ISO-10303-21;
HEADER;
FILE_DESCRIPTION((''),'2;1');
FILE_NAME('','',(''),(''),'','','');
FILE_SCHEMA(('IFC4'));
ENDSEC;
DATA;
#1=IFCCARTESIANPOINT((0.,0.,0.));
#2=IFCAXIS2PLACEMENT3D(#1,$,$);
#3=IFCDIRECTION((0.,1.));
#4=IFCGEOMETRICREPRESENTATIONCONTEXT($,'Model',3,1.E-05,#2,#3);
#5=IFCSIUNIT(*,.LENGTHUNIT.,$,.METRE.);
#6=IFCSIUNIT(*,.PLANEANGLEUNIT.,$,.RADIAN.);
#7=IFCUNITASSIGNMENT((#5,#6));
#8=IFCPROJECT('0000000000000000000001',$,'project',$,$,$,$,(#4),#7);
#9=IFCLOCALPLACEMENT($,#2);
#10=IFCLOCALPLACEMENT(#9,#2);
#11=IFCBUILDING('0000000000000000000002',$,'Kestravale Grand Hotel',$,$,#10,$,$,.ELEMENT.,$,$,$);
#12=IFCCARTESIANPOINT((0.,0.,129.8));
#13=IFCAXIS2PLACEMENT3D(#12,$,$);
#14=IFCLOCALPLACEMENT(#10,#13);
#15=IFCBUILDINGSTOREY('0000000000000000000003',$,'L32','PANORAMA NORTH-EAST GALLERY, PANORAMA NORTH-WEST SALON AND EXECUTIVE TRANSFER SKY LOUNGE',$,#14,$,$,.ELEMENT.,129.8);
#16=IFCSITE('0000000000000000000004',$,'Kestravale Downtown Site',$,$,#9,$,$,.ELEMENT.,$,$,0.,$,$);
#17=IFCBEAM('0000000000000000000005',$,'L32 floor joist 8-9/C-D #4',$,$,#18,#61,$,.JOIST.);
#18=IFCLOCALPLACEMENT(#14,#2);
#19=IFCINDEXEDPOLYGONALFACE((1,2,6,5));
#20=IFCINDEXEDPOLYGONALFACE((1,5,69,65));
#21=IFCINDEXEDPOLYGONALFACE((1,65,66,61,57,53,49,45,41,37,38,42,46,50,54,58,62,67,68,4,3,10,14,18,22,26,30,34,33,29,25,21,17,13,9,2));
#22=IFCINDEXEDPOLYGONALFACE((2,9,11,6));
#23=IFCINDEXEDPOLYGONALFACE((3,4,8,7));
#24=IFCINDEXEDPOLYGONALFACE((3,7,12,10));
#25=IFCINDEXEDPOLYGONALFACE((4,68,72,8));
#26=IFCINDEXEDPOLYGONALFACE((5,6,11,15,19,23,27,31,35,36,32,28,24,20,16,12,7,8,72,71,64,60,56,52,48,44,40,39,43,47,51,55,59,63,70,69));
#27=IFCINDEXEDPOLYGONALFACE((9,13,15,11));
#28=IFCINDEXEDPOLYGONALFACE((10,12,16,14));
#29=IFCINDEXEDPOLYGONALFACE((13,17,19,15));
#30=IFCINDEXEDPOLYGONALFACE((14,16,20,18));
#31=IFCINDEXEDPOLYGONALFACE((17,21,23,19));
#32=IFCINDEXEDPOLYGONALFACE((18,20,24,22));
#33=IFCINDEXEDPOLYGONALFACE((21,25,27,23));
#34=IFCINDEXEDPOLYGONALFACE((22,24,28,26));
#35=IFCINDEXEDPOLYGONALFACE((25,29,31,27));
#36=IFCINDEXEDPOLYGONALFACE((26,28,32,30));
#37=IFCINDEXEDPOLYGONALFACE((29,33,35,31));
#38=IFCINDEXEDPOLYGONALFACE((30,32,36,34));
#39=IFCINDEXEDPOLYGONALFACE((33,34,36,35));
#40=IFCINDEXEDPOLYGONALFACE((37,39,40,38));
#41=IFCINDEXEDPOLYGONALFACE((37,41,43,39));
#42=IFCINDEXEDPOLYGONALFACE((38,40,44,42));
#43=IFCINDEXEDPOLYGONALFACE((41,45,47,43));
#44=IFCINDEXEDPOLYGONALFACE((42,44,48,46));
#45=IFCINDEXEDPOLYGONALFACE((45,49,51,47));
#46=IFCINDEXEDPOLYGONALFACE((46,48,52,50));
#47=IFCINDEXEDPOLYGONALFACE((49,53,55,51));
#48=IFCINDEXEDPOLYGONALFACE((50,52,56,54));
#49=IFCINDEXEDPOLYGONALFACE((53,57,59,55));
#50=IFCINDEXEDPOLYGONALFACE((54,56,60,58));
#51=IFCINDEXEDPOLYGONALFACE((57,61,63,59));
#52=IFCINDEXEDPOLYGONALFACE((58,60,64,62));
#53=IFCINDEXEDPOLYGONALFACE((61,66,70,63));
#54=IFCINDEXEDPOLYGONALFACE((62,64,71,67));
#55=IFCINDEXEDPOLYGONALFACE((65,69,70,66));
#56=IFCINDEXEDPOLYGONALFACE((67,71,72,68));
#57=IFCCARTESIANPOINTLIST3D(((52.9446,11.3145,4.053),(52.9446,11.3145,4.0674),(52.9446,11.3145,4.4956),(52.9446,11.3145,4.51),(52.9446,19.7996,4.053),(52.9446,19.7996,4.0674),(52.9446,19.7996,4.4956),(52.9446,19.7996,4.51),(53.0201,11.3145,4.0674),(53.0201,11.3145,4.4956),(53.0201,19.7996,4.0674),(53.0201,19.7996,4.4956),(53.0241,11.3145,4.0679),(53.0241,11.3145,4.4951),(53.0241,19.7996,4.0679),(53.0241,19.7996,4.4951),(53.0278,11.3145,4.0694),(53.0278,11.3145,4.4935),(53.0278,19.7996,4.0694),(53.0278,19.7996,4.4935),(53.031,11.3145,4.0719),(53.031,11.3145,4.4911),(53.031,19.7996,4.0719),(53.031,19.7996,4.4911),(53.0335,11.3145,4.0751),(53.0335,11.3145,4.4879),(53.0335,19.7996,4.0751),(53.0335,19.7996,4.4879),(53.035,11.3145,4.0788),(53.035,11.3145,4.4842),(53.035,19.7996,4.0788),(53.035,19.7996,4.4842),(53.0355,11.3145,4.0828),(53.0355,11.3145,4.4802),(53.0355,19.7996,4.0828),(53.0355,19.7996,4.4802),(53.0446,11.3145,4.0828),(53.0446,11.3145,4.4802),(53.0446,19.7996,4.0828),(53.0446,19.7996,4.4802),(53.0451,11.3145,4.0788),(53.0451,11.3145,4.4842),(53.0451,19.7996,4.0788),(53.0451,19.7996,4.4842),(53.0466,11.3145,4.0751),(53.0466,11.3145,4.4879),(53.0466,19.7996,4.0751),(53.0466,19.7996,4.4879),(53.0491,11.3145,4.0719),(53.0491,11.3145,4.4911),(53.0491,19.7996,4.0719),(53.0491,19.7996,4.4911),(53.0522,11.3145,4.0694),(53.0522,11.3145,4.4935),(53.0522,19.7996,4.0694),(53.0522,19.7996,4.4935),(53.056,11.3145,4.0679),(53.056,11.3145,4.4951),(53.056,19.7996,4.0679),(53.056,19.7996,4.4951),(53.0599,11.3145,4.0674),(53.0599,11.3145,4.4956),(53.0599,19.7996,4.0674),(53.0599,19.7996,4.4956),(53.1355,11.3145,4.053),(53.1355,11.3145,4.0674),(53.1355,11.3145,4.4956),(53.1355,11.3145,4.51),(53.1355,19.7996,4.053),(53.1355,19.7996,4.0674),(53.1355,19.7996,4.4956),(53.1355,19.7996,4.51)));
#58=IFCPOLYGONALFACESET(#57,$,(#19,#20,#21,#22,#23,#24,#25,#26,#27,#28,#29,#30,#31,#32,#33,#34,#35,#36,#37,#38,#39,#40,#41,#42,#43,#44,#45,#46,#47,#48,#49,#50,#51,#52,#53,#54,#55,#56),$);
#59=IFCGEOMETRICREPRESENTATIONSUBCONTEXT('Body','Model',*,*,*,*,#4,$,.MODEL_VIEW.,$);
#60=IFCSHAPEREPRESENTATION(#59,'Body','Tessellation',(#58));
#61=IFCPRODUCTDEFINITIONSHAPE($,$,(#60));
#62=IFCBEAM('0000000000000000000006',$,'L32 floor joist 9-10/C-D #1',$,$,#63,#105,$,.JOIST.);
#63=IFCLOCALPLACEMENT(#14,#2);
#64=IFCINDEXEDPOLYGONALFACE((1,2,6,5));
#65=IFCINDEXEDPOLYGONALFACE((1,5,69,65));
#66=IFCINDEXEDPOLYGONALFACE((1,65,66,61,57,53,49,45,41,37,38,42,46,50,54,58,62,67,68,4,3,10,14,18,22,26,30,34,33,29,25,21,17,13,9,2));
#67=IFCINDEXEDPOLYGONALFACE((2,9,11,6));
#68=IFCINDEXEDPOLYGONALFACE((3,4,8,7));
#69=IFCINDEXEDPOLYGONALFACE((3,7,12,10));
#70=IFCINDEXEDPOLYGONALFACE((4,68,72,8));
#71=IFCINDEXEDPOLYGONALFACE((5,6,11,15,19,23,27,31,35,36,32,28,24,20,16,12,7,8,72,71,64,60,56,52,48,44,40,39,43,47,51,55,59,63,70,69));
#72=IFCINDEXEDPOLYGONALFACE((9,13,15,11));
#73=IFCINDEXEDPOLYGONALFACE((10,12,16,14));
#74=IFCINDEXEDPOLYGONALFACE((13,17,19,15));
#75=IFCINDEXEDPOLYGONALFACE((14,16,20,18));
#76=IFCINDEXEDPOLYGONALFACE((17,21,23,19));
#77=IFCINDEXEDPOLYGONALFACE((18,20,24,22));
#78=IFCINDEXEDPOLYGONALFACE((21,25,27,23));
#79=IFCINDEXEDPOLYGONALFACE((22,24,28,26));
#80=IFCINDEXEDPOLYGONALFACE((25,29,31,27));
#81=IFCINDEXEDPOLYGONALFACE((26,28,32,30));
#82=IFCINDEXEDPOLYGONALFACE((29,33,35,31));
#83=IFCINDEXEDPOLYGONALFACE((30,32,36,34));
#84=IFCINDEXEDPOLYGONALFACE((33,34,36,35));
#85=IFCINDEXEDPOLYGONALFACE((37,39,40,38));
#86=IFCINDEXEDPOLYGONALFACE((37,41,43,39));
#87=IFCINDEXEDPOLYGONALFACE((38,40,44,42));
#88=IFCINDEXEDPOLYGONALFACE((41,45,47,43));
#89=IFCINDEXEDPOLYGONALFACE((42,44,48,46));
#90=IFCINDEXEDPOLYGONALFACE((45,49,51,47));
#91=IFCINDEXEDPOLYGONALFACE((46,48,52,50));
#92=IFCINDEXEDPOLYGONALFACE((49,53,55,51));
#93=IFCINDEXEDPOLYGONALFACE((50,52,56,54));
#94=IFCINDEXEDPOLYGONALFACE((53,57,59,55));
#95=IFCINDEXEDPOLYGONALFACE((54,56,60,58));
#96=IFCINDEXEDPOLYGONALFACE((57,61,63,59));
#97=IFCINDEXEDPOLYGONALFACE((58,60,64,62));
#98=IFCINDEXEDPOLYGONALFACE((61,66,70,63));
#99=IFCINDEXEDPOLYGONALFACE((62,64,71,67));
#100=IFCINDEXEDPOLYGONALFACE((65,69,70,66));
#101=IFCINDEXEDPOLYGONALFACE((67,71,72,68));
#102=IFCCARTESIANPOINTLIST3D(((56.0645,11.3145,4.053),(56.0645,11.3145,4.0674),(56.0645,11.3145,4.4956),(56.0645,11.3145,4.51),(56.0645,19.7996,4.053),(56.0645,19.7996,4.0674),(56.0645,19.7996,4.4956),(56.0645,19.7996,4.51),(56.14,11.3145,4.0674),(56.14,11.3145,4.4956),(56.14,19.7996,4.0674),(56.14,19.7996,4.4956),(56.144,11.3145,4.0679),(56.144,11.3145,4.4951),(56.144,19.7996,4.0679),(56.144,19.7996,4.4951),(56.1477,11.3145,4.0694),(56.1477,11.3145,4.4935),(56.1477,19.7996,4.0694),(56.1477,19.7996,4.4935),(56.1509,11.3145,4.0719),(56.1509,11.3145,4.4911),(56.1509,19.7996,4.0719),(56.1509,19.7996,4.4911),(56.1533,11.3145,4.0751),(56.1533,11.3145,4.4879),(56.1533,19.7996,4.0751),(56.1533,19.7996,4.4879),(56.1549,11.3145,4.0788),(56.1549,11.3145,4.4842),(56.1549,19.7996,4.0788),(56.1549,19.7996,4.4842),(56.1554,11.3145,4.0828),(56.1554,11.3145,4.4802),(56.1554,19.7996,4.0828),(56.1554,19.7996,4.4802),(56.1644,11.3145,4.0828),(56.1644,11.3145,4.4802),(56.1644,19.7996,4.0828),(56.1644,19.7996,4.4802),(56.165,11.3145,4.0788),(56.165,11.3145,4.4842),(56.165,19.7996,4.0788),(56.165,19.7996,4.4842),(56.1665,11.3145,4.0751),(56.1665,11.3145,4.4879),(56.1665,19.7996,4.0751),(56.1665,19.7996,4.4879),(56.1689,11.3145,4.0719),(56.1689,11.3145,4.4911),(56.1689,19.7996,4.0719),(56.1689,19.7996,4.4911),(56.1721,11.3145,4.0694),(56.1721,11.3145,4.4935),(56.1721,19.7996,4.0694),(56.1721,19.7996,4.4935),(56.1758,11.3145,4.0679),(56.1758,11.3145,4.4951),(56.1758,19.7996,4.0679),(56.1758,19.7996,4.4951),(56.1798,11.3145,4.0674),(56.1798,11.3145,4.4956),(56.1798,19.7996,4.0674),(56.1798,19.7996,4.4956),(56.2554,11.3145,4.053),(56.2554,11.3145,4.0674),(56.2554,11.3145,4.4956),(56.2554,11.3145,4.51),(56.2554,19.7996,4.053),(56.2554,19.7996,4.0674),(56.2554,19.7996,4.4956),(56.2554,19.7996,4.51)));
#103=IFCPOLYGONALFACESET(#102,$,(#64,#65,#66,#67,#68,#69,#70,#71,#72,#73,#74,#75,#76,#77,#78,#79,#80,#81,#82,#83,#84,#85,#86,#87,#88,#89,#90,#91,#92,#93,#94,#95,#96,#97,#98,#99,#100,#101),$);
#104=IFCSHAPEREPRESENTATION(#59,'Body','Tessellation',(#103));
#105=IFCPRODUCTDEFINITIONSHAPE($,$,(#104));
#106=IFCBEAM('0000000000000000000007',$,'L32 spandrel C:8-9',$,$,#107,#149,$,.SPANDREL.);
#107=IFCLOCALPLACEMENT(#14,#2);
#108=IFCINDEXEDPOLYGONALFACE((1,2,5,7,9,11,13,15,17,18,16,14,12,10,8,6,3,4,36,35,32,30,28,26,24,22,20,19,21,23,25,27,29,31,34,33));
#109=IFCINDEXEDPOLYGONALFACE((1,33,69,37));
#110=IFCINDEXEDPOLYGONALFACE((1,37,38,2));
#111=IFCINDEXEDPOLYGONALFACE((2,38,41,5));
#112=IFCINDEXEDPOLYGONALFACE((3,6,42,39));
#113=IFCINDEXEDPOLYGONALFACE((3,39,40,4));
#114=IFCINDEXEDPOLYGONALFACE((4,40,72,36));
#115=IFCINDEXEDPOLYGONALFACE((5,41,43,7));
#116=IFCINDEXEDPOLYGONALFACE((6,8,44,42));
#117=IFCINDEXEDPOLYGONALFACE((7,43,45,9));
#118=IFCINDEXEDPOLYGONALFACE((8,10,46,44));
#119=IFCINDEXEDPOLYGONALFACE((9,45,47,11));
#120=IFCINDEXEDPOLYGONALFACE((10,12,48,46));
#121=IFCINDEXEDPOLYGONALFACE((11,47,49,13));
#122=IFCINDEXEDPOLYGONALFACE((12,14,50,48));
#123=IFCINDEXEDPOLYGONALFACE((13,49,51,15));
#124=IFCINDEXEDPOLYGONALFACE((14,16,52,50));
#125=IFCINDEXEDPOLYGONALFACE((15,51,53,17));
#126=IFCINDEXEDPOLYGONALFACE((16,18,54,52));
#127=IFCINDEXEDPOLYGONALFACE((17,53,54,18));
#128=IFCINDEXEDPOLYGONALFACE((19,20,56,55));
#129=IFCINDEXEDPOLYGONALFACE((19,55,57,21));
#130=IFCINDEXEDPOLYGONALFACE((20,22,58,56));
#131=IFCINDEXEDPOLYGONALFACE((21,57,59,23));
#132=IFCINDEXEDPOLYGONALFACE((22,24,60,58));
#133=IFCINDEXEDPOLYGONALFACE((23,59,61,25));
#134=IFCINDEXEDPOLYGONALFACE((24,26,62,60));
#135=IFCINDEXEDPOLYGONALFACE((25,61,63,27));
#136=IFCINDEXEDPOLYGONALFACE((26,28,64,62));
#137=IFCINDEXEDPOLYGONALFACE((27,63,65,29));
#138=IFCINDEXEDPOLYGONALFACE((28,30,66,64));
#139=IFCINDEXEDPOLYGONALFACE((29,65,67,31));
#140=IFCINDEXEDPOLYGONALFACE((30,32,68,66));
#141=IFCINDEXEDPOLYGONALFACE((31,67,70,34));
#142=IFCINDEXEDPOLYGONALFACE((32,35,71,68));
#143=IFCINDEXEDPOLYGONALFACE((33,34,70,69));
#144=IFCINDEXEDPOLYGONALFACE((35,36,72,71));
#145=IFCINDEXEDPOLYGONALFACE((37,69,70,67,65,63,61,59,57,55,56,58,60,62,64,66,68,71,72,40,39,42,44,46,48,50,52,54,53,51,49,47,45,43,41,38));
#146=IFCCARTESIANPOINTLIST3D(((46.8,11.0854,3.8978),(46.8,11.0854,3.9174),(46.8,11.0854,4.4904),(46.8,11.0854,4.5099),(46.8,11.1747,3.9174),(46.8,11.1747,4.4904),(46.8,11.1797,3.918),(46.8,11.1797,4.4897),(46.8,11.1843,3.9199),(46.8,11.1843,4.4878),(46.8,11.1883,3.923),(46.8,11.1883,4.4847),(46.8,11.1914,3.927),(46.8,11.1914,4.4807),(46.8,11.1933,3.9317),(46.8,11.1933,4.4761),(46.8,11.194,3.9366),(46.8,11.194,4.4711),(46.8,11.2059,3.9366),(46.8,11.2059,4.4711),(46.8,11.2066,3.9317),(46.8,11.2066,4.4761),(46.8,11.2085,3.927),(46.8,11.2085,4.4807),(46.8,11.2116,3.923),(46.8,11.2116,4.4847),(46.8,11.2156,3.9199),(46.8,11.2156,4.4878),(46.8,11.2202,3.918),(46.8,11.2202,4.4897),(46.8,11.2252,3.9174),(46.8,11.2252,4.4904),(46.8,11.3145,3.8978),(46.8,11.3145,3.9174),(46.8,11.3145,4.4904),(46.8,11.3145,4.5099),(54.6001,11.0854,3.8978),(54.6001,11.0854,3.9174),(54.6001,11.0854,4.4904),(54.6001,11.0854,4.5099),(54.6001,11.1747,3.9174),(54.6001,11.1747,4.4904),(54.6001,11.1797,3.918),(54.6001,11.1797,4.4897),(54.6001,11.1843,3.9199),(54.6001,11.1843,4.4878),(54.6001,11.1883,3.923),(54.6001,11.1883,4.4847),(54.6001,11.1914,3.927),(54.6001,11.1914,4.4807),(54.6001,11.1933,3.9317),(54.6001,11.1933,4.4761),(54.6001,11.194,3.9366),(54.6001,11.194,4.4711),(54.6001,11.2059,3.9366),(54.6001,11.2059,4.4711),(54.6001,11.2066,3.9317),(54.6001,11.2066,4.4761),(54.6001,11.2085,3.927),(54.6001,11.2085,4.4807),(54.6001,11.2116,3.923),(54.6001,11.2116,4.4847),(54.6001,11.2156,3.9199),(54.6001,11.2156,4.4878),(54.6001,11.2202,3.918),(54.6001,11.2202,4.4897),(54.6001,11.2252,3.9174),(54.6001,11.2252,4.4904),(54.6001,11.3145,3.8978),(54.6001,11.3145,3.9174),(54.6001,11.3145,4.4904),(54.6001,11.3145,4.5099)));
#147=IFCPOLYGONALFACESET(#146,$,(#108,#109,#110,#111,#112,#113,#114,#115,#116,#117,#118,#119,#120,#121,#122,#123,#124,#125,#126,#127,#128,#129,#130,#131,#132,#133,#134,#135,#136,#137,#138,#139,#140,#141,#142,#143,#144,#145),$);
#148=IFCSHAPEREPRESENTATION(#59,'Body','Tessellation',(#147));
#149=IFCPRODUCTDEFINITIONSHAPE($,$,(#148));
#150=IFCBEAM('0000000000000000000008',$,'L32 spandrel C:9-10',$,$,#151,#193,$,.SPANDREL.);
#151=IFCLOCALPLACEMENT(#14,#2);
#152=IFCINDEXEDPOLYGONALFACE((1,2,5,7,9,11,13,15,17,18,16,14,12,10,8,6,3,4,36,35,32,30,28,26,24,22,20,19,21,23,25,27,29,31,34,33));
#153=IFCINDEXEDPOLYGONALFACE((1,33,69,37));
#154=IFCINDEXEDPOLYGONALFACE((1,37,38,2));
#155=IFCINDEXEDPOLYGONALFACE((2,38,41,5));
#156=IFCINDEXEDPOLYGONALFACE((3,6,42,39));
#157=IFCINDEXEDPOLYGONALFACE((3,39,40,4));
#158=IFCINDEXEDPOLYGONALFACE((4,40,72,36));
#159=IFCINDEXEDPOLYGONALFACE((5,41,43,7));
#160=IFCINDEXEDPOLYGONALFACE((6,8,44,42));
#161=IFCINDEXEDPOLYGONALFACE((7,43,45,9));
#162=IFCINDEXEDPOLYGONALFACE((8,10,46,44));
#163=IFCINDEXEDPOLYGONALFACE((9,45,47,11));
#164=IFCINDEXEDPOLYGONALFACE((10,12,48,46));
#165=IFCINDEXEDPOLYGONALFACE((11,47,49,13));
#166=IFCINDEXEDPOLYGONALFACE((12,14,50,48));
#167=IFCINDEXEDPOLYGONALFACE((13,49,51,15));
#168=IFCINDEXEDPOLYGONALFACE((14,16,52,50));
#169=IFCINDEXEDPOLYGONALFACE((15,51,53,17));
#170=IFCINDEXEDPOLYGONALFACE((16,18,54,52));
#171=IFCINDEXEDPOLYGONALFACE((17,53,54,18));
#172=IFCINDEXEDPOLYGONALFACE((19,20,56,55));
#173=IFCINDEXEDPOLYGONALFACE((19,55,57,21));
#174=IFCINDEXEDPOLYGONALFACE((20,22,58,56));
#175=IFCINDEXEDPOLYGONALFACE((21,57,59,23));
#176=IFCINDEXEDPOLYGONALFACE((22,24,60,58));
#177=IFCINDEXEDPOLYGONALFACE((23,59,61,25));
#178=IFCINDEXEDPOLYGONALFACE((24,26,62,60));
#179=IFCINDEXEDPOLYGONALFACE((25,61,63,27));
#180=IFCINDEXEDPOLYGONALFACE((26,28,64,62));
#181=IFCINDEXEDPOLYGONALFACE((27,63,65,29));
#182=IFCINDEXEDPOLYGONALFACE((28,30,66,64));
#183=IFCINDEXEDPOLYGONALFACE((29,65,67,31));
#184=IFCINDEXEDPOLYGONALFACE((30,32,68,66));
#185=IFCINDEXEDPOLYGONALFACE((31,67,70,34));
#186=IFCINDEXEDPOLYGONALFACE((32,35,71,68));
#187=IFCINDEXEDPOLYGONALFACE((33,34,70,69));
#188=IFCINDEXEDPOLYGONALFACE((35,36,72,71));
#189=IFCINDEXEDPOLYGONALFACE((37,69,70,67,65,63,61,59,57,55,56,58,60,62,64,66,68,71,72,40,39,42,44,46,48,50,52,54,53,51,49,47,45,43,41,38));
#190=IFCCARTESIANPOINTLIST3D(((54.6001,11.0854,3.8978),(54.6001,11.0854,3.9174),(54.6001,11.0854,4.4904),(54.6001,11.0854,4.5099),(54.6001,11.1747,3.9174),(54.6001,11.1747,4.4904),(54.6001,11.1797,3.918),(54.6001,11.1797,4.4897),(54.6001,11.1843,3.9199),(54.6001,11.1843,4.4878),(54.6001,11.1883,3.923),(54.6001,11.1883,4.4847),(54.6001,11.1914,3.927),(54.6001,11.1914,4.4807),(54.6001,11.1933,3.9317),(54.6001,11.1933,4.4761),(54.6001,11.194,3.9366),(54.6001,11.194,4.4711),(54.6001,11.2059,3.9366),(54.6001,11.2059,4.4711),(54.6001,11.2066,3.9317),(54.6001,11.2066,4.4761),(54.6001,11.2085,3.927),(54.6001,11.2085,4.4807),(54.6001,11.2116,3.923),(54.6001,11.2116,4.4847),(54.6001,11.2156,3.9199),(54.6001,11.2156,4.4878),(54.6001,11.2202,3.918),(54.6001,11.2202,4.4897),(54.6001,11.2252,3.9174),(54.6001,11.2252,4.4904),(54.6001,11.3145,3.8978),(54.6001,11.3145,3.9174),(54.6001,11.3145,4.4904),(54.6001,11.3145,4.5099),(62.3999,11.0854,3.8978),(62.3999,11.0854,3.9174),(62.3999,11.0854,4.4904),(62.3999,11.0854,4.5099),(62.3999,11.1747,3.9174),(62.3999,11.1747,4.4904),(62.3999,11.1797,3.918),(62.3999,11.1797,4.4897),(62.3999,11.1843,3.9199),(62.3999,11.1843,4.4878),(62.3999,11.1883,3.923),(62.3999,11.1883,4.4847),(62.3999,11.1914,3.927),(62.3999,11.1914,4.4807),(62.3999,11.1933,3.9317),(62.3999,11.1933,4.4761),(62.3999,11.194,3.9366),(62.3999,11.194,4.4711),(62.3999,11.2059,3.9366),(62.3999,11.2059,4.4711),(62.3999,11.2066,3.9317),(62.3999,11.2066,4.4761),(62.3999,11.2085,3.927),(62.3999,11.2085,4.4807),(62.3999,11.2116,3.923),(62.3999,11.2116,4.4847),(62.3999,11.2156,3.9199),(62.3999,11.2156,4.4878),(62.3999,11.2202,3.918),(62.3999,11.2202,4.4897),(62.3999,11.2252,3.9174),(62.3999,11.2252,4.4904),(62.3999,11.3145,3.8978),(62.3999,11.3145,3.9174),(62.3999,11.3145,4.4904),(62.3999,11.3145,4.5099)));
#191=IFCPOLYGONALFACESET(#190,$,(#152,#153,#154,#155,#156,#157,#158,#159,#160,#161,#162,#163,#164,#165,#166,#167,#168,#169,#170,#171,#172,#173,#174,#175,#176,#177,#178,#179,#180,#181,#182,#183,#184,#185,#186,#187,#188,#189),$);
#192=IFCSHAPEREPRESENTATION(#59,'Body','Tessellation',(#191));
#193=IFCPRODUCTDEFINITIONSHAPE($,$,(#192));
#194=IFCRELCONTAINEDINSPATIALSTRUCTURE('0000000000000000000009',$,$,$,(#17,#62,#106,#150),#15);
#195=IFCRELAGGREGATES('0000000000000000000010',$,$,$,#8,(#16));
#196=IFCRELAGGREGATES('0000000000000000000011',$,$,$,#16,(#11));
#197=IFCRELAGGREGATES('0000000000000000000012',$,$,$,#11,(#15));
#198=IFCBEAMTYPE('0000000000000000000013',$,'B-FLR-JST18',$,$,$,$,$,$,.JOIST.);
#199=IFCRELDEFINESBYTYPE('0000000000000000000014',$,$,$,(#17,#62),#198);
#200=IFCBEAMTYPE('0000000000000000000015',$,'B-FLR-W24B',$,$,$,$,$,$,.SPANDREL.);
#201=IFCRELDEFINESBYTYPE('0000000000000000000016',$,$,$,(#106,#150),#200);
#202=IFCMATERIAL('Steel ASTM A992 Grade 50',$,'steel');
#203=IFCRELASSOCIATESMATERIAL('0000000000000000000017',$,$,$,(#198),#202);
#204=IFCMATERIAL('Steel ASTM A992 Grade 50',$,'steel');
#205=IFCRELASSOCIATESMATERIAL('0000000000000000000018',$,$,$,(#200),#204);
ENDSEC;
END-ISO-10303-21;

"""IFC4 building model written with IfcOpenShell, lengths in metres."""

from ifc_helpers import new_model, si_unit, direction, frame, origin, origin_2d, place, context, subcontext, project, spatial, i_section, extrude, material, material_profile, profile_set, type_object, element, save


model = new_model("IFC4")

# Units and contexts
model_context = context("Model", 3, precision=1e-05, world=origin(), true_north=direction((0.0, 1.0)))
body_context = subcontext(model_context, "Body", "Model", "MODEL_VIEW")
ifc_project = project(units=[si_unit("LENGTHUNIT", "METRE"), si_unit("PLANEANGLEUNIT", "RADIAN")], contexts=[model_context])

# Site, building, storey
site_placement = place(None, origin())
site = spatial("IfcSite", under=ifc_project, at=site_placement, Name="Kestravale Downtown Site", CompositionType="ELEMENT", RefElevation=0.0)
building_placement = place(site_placement, origin())
building = spatial("IfcBuilding", under=site, at=building_placement, Name="Kestravale Grand Hotel", CompositionType="ELEMENT")
storey_placement = place(building_placement, frame((0.0, 0.0, 129.8)))
storey = spatial("IfcBuildingStorey", under=building, at=storey_placement, Name="L32", Description="PANORAMA NORTH-EAST GALLERY, PANORAMA NORTH-WEST SALON AND EXECUTIVE TRANSFER SKY LOUNGE", CompositionType="ELEMENT", Elevation=129.8)

# Beams
ifc_material_1 = material(Name="Steel ASTM A992 Grade 50", Category="steel")
ifc_material_profile_1 = material_profile(ifc_material_1, i_section(OverallWidth=0.1909, OverallDepth=0.457, WebThickness=0.009, FlangeThickness=0.0144, FilletRadius=0.0154, at=origin_2d()))
ifc_profile_set_1 = profile_set([ifc_material_profile_1], Name="Steel ASTM A992 Grade 50")
beam_type_1 = type_object("IfcBeamType", Name="B-FLR-JST18", PredefinedType="JOIST", material=ifc_profile_set_1)
for number, where, z_axis, x_axis, name in (
    (1, (53.04, 11.3145, 4.2815), (0.0, 1.0, 0.0), (-1.0, 0.0, 0.0), "L32 floor joist 8-9/C-D #4"),
    (2, (56.1599, 11.3145, 4.2815), (0.0, 1.0, 0.0), (-1.0, 0.0, 0.0), "L32 floor joist 9-10/C-D #1"),
):
    element("IfcBeam", number, at=place(storey_placement, frame(where, z_axis=z_axis, x_axis=x_axis)), inside=storey, type_object=beam_type_1, Name=name, PredefinedType="JOIST", context=body_context, shape_type="SweptSolid", body=[
        extrude(i_section(OverallWidth=0.1909, OverallDepth=0.457, WebThickness=0.009, FlangeThickness=0.0144, FilletRadius=0.0154, at=origin_2d()), origin(), (0.0, 0.0, 1.0), 8.4851),
    ])
ifc_material_2 = material(Name="Steel ASTM A992 Grade 50", Category="steel")
ifc_material_profile_2 = material_profile(ifc_material_2, i_section(OverallWidth=0.229, OverallDepth=0.6121, WebThickness=0.012, FlangeThickness=0.0195, FilletRadius=0.0193, at=origin_2d()))
ifc_profile_set_2 = profile_set([ifc_material_profile_2], Name="Steel ASTM A992 Grade 50")
beam_type_2 = type_object("IfcBeamType", Name="B-FLR-W24B", PredefinedType="SPANDREL", material=ifc_profile_set_2)
beam_1_placement = place(storey_placement, frame((46.8, 11.2, 4.2039), z_axis=(1.0, 0.0, 0.0), x_axis=(0.0, 1.0, 0.0)))
element("IfcBeam", 3, at=beam_1_placement, inside=storey, type_object=beam_type_2, Name="L32 spandrel C:8-9", PredefinedType="SPANDREL", context=body_context, shape_type="SweptSolid", body=[
    extrude(i_section(OverallWidth=0.229, OverallDepth=0.6121, WebThickness=0.012, FlangeThickness=0.0195, FilletRadius=0.0193, at=origin_2d()), origin(), (0.0, 0.0, 1.0), 7.8),
])
beam_2_placement = place(storey_placement, frame((54.6001, 11.2, 4.2039), z_axis=(1.0, 0.0, 0.0), x_axis=(0.0, 1.0, 0.0)))
element("IfcBeam", 4, at=beam_2_placement, inside=storey, type_object=beam_type_2, Name="L32 spandrel C:9-10", PredefinedType="SPANDREL", context=body_context, shape_type="SweptSolid", body=[
    extrude(i_section(OverallWidth=0.229, OverallDepth=0.6121, WebThickness=0.012, FlangeThickness=0.0195, FilletRadius=0.0193, at=origin_2d()), origin(), (0.0, 0.0, 1.0), 7.7998),
])

save(model, "model.ifc")
